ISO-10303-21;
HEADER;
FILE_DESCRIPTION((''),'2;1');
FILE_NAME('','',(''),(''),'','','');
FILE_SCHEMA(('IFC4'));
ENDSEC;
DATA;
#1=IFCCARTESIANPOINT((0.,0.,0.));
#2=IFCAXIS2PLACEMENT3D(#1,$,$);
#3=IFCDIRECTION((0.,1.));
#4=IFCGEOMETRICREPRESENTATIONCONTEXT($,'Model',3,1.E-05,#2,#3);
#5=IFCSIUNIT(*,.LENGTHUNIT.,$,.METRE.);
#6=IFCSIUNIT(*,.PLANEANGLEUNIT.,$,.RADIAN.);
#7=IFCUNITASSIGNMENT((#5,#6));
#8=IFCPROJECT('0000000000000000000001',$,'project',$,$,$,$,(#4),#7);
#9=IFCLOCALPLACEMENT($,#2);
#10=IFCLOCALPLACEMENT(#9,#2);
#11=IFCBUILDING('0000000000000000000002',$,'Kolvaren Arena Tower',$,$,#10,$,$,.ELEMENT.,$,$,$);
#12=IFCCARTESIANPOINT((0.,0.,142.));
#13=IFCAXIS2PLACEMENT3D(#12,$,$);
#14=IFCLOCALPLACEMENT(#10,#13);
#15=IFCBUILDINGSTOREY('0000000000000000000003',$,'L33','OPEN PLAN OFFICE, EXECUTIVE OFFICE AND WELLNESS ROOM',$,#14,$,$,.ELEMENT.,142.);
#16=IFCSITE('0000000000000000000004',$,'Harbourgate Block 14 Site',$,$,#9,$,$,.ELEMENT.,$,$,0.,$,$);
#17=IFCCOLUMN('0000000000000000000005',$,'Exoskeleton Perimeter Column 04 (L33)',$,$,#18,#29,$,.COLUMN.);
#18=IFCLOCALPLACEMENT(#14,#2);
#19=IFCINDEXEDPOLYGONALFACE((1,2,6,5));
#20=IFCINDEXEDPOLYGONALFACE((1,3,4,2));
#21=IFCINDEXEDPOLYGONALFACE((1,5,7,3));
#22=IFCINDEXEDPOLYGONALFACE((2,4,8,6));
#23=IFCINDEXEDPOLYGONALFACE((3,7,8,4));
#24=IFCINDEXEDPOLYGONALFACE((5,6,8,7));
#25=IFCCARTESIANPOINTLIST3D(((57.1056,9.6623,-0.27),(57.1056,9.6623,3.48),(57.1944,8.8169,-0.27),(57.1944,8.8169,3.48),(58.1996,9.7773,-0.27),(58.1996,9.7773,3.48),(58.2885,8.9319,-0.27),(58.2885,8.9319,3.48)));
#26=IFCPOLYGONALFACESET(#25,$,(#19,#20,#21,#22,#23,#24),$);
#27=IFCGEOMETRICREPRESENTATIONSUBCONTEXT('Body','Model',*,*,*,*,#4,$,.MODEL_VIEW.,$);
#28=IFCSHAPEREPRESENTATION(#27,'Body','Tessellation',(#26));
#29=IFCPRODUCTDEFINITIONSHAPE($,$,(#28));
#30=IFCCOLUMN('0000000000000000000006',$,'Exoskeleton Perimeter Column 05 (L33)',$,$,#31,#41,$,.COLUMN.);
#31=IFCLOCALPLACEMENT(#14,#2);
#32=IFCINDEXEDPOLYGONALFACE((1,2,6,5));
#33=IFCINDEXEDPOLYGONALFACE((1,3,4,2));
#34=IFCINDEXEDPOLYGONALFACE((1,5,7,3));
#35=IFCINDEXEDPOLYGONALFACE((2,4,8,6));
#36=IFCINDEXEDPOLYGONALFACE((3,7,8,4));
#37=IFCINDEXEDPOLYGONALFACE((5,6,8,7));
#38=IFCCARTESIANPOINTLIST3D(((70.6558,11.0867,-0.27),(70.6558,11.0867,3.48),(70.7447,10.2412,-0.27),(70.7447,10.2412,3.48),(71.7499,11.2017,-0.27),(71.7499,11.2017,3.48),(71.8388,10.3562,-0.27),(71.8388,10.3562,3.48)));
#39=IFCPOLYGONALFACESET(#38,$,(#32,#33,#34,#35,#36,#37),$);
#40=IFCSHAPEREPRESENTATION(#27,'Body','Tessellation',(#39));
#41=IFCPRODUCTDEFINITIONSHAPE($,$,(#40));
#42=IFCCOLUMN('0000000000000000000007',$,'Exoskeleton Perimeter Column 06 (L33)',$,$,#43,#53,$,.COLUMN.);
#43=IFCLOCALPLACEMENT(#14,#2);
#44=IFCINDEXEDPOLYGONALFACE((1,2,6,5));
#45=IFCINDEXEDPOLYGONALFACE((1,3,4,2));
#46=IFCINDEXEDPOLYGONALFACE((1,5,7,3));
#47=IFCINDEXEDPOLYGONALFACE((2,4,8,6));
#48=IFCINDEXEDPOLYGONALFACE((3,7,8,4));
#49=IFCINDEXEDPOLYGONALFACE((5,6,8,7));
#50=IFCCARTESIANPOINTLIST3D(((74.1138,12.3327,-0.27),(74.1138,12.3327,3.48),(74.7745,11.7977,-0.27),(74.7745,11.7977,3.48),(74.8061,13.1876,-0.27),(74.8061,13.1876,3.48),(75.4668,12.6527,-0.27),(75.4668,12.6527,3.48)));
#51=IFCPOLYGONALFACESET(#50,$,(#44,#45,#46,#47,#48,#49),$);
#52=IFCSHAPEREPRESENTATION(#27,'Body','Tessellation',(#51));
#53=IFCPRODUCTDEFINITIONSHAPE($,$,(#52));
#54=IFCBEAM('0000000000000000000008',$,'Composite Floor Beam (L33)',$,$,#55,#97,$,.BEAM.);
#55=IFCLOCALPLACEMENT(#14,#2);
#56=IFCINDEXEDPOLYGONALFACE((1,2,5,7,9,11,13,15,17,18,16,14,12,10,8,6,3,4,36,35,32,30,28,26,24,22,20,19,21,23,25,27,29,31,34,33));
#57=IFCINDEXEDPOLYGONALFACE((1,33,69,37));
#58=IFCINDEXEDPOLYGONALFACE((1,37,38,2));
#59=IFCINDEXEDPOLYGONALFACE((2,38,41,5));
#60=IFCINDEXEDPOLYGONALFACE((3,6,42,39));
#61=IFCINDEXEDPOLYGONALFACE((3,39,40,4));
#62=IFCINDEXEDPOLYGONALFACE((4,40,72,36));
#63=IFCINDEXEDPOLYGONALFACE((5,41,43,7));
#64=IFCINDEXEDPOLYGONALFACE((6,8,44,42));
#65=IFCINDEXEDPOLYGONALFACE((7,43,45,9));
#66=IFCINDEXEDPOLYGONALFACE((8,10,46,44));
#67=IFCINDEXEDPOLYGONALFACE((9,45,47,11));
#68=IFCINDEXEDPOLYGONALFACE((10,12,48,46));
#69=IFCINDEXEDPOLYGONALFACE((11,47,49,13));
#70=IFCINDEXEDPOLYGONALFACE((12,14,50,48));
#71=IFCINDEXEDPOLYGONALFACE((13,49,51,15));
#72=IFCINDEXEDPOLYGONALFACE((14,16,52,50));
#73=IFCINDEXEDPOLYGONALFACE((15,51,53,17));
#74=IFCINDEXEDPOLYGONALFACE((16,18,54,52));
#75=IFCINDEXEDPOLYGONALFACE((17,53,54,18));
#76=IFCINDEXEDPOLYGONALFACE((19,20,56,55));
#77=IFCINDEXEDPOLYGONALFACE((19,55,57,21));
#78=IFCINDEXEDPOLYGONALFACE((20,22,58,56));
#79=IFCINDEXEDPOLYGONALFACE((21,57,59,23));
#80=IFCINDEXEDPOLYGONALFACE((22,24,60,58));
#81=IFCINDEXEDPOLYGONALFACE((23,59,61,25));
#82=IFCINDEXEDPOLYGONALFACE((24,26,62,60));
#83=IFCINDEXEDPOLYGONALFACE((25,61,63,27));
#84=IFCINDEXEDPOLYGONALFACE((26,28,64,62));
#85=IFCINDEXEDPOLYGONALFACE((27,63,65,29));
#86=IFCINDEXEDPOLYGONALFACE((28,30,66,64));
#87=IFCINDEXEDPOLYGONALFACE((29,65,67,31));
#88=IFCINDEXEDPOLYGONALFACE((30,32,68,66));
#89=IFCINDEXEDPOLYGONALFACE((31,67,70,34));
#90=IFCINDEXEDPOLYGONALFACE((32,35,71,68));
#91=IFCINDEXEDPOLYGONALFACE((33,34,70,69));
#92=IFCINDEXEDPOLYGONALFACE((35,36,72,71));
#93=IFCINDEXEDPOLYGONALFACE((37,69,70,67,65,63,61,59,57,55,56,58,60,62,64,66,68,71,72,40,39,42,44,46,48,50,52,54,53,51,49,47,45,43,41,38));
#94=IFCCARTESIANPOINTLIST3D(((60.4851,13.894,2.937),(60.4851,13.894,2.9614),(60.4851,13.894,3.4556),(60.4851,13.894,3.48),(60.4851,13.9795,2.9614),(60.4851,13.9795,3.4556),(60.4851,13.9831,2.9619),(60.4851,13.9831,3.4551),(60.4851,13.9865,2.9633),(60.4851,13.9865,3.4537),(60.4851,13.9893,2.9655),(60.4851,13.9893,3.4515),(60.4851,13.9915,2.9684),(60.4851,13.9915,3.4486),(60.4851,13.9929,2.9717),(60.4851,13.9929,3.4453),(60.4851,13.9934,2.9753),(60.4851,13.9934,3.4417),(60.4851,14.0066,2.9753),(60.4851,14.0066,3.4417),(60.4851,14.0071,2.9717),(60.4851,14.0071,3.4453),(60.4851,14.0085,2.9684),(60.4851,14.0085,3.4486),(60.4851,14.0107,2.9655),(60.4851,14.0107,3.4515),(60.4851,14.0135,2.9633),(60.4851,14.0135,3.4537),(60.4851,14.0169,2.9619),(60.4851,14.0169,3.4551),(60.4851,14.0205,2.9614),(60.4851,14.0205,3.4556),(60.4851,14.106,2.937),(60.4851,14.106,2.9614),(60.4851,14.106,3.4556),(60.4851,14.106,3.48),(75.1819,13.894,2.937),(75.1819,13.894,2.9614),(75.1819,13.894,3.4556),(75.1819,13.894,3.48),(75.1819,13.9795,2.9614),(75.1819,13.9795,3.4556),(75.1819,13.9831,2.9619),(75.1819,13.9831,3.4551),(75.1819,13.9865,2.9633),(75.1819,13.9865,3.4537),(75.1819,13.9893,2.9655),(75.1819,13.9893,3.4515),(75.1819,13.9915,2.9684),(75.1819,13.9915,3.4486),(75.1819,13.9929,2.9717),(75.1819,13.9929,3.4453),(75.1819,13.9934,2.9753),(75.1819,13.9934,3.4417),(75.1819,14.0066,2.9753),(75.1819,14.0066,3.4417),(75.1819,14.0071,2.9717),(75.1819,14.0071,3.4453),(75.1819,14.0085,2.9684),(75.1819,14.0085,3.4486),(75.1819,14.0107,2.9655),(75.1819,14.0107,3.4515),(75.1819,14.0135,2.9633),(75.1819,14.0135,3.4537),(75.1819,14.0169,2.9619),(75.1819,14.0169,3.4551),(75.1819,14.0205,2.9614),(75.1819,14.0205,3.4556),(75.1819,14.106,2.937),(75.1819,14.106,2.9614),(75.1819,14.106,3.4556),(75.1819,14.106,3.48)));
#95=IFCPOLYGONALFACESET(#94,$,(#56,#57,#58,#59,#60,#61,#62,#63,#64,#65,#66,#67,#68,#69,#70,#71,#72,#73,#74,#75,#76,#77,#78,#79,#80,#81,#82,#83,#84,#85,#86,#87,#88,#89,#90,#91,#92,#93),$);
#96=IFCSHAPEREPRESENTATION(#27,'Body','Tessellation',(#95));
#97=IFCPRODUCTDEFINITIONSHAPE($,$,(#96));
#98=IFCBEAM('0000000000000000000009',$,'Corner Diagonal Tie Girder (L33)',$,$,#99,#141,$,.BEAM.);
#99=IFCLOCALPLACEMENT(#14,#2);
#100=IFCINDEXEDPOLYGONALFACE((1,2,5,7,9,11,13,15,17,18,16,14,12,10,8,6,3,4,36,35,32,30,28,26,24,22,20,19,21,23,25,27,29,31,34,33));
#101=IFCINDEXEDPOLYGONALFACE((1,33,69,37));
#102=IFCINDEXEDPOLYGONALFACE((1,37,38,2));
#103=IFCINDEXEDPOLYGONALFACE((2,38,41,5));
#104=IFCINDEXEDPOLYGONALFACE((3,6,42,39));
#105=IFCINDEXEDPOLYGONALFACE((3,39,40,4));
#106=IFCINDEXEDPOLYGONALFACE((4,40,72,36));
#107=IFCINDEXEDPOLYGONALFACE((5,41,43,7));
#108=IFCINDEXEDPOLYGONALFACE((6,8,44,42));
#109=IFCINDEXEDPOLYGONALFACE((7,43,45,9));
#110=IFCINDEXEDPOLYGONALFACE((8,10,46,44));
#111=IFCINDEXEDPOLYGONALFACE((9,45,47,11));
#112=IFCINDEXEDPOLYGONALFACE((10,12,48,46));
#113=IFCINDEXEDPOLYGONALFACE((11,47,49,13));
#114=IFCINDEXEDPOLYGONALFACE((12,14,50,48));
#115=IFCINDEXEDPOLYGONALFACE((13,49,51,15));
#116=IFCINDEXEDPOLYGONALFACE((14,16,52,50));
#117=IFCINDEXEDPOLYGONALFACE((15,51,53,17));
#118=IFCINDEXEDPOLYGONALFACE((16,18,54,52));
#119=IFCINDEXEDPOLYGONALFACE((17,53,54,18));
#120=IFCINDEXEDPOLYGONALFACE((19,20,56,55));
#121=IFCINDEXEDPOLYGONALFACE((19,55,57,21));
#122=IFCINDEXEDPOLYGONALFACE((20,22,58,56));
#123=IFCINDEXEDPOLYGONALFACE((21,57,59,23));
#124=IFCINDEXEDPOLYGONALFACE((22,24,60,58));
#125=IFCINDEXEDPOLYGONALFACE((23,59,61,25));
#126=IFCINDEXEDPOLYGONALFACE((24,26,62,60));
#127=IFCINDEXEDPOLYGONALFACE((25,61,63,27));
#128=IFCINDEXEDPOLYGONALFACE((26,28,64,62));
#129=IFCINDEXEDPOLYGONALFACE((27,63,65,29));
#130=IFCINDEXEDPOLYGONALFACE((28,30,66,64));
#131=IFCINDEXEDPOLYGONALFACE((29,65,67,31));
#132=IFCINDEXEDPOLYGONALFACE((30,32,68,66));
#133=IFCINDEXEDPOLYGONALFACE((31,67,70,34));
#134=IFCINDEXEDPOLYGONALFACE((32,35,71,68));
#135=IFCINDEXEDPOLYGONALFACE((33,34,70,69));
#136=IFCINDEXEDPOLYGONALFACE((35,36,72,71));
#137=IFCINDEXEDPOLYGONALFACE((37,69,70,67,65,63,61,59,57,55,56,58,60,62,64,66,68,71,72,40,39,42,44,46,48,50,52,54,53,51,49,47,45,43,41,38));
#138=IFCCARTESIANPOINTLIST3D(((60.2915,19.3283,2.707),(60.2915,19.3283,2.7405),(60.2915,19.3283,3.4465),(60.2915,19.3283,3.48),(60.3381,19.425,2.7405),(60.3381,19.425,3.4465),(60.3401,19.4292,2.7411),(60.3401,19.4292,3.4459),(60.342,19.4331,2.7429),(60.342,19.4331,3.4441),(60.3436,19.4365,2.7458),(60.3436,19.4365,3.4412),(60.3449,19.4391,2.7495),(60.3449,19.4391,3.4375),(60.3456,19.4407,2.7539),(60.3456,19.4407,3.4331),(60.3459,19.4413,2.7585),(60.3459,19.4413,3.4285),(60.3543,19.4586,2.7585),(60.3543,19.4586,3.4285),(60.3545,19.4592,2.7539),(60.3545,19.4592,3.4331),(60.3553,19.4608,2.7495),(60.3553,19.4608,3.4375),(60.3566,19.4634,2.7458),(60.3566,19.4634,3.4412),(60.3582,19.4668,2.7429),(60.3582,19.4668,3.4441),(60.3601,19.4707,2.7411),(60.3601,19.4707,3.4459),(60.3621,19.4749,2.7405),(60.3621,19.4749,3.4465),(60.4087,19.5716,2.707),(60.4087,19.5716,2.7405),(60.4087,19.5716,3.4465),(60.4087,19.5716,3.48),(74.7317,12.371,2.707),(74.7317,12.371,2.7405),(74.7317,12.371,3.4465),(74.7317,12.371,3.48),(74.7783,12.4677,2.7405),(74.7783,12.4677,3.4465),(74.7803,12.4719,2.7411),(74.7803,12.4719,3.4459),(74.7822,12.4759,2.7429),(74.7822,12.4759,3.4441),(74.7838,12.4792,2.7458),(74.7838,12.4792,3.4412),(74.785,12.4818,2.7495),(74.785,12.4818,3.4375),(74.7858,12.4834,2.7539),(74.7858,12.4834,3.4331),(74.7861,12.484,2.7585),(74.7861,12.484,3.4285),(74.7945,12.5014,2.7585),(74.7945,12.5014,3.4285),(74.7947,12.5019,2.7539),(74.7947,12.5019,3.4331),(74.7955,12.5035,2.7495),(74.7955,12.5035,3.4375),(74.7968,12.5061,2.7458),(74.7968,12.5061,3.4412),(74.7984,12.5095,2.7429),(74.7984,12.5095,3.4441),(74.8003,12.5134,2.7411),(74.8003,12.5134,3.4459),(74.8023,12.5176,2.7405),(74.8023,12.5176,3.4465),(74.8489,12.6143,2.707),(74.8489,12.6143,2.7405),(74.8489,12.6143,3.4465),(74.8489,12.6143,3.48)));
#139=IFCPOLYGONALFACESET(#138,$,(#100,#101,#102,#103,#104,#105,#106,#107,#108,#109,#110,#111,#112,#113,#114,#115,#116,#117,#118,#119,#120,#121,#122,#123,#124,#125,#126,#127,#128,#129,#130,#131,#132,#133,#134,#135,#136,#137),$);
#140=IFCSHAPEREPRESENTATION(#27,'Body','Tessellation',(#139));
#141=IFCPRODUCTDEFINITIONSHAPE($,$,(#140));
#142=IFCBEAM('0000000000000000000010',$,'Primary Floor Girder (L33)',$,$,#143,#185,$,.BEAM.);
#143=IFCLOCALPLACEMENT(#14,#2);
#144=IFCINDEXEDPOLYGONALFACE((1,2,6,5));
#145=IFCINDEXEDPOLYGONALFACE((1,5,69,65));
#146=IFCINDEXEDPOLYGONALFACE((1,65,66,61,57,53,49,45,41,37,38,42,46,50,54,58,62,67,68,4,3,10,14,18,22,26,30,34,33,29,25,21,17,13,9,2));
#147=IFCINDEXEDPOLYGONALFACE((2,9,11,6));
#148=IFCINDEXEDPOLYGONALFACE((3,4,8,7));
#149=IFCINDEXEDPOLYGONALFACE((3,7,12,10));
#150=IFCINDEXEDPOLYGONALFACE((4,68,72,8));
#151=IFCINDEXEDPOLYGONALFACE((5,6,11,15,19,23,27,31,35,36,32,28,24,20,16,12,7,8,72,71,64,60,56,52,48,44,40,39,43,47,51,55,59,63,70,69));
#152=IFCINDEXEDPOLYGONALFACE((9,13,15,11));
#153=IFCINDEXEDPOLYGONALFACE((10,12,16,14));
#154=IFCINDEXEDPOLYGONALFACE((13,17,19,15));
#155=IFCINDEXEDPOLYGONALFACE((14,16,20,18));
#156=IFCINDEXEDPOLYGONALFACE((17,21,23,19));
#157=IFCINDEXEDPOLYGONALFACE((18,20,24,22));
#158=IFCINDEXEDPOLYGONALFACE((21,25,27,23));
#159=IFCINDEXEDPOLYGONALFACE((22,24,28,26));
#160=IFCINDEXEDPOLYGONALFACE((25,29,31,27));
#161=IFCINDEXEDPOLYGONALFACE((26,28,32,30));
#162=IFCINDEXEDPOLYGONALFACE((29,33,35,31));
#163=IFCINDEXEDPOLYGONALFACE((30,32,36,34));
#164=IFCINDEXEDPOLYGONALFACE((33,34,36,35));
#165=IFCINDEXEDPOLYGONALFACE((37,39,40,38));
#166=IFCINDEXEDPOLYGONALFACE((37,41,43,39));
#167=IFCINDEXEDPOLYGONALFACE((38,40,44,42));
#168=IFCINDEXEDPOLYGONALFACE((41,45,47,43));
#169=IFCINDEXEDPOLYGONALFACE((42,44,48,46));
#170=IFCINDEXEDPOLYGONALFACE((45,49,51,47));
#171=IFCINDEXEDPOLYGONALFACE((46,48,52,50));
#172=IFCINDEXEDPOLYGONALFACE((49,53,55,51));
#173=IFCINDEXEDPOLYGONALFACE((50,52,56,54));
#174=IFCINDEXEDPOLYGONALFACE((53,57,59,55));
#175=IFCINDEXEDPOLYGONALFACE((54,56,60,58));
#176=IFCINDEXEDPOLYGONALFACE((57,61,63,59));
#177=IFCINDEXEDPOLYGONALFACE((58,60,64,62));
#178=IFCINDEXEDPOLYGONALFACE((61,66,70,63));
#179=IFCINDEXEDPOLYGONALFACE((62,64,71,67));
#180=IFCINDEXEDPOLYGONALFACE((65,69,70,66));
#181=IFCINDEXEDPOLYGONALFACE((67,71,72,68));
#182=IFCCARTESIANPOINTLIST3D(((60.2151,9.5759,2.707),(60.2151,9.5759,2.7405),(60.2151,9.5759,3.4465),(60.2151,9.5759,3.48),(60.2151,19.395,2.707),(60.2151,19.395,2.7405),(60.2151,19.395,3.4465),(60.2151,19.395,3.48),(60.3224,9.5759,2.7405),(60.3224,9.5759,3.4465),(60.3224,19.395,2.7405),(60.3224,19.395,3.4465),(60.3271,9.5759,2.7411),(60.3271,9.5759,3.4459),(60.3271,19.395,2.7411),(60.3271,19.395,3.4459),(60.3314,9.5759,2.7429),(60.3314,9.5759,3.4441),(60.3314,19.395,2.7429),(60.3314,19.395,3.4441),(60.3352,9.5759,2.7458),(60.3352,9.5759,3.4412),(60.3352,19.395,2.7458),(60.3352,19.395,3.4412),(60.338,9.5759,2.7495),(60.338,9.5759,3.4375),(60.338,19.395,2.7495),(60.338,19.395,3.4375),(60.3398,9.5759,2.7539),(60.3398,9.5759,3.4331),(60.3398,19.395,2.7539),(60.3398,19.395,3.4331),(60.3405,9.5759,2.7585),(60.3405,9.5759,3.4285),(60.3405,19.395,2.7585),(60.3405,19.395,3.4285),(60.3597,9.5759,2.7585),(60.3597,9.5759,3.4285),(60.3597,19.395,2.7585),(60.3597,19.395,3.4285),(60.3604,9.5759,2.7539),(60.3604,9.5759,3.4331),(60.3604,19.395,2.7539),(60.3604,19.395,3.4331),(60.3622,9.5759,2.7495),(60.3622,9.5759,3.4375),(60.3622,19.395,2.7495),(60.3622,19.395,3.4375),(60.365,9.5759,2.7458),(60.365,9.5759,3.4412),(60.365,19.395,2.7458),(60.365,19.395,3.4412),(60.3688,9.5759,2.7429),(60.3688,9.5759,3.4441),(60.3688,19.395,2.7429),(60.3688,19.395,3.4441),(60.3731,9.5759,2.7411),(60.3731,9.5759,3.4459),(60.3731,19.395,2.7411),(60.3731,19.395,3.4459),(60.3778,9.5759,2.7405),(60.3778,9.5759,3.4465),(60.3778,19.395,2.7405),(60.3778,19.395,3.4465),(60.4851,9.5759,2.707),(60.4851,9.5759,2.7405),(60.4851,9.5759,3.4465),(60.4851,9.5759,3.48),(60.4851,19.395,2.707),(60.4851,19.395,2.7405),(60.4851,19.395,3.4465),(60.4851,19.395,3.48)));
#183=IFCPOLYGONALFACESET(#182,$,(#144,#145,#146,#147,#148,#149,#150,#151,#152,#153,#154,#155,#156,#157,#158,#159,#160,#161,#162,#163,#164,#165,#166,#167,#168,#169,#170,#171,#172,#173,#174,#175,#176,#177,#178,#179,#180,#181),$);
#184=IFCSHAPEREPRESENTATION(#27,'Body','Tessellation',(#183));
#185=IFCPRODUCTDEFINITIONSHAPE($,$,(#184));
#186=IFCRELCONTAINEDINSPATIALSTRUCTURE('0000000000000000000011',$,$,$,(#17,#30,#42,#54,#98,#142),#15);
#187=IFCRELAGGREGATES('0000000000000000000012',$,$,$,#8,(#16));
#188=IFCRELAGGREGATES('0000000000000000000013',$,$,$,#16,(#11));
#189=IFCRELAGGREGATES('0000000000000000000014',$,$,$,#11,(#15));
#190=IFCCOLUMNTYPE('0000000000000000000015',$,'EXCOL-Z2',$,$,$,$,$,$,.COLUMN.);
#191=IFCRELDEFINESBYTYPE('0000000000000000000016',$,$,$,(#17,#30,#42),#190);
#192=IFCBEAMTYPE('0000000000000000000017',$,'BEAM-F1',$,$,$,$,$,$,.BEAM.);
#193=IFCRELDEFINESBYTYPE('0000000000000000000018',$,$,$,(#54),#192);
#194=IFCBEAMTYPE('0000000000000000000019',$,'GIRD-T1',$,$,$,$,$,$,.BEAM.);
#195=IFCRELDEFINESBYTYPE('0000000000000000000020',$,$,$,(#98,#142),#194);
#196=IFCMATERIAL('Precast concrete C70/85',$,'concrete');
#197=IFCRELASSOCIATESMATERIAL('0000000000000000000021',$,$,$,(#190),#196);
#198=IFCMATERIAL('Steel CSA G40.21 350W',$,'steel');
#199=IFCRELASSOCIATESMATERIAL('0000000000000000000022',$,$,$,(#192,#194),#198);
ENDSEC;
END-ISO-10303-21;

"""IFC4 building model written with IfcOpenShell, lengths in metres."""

from ifc_helpers import new_model, si_unit, direction, frame, origin, origin_2d, place, context, subcontext, project, spatial, rectangle, i_section, extrude, material, material_profile, profile_set, type_object, element, save


model = new_model("IFC4")

# Units and contexts
model_context = context("Model", 3, precision=1e-05, world=origin(), true_north=direction((0.0, 1.0)))
body_context = subcontext(model_context, "Body", "Model", "MODEL_VIEW")
ifc_project = project(units=[si_unit("LENGTHUNIT", "METRE"), si_unit("PLANEANGLEUNIT", "RADIAN")], contexts=[model_context])

# Site, building, storey
site_placement = place(None, origin())
site = spatial("IfcSite", under=ifc_project, at=site_placement, Name="Harbourgate Block 14 Site", CompositionType="ELEMENT", RefElevation=0.0)
building_placement = place(site_placement, origin())
building = spatial("IfcBuilding", under=site, at=building_placement, Name="Kolvaren Arena Tower", CompositionType="ELEMENT")
storey_placement = place(building_placement, frame((0.0, 0.0, 142.0)))
storey = spatial("IfcBuildingStorey", under=building, at=storey_placement, Name="L33", Description="OPEN PLAN OFFICE, EXECUTIVE OFFICE AND WELLNESS ROOM", CompositionType="ELEMENT", Elevation=142.0)

# Columns
ifc_material_1 = material(Name="Precast concrete C70/85", Category="concrete")
ifc_material_profile_1 = material_profile(ifc_material_1, rectangle(XDim=1.1001, YDim=0.8501, at=origin_2d()), Name="RC-1100x850")
ifc_profile_set_1 = profile_set([ifc_material_profile_1], Name="Precast concrete C70/85")
column_type = type_object("IfcColumnType", Name="EXCOL-Z2", PredefinedType="COLUMN", material=ifc_profile_set_1)
for number, where, z_axis, x_axis, name in (
    (1, (57.697, 9.2971, -0.27), (0.0, 0.0, 1.0), (0.994522, 0.104528, 0.0), "Exoskeleton Perimeter Column 04 (L33)"),
    (2, (71.2473, 10.7214, -0.27), (0.0, 0.0, 1.0), (0.994522, 0.104528, 0.0), "Exoskeleton Perimeter Column 05 (L33)"),
    (3, (74.7903, 12.4927, -0.27), (0.0, 0.0, 1.0), (0.62932, 0.777146, 0.0), "Exoskeleton Perimeter Column 06 (L33)"),
):
    element("IfcColumn", number, at=place(storey_placement, frame(where, z_axis=z_axis, x_axis=x_axis)), inside=storey, type_object=column_type, Name=name, PredefinedType="COLUMN", context=body_context, shape_type="SweptSolid", body=[
        extrude(rectangle(XDim=1.1001, YDim=0.8501, at=origin_2d()), origin(), (0.0, 0.0, 1.0), 3.75),
    ])

# Beams
ifc_material_2 = material(Name="Steel CSA G40.21 350W", Category="steel")
ifc_material_profile_2 = material_profile(ifc_material_2, i_section(OverallWidth=0.2119, OverallDepth=0.543, WebThickness=0.0132, FlangeThickness=0.0244, FilletRadius=0.0139, at=origin_2d()), Name="W530x150")
ifc_profile_set_2 = profile_set([ifc_material_profile_2], Name="Steel CSA G40.21 350W")
beam_type_1 = type_object("IfcBeamType", Name="BEAM-F1", PredefinedType="BEAM", material=ifc_profile_set_2)
beam_1_placement = place(storey_placement, frame((60.4851, 14.0, 3.2085), z_axis=(1.0, 0.0, 0.0), x_axis=(0.0, 1.0, 0.0)))
element("IfcBeam", 4, at=beam_1_placement, inside=storey, type_object=beam_type_1, Name="Composite Floor Beam (L33)", PredefinedType="BEAM", context=body_context, shape_type="SweptSolid", body=[
    extrude(i_section(OverallWidth=0.2119, OverallDepth=0.543, WebThickness=0.0132, FlangeThickness=0.0244, FilletRadius=0.0139, at=origin_2d()), origin(), (0.0, 0.0, 1.0), 14.6968),
])
ifc_material_profile_3 = material_profile(ifc_material_2, i_section(OverallWidth=0.27, OverallDepth=0.7729, WebThickness=0.0193, FlangeThickness=0.0334, FilletRadius=0.0181, at=origin_2d()), Name="W760x257")
ifc_profile_set_3 = profile_set([ifc_material_profile_3], Name="Steel CSA G40.21 350W")
beam_type_2 = type_object("IfcBeamType", Name="GIRD-T1", PredefinedType="BEAM", material=ifc_profile_set_3)
beam_2_placement = place(storey_placement, frame((74.7903, 12.4927, 3.0935), z_axis=(-0.90089, 0.434048, 0.0), x_axis=(-0.434048, -0.90089, 0.0)))
element("IfcBeam", 5, at=beam_2_placement, inside=storey, type_object=beam_type_2, Name="Corner Diagonal Tie Girder (L33)", PredefinedType="BEAM", context=body_context, shape_type="SweptSolid", body=[
    extrude(i_section(OverallWidth=0.27, OverallDepth=0.7729, WebThickness=0.0193, FlangeThickness=0.0334, FilletRadius=0.0181, at=origin_2d()), origin(), (0.0, 0.0, 1.0), 16.0288),
])
beam_3_placement = place(storey_placement, frame((60.3501, 9.5759, 3.0935), z_axis=(0.0, 1.0, 0.0), x_axis=(-1.0, 0.0, 0.0)))
element("IfcBeam", 6, at=beam_3_placement, inside=storey, type_object=beam_type_2, Name="Primary Floor Girder (L33)", PredefinedType="BEAM", context=body_context, shape_type="SweptSolid", body=[
    extrude(i_section(OverallWidth=0.27, OverallDepth=0.7729, WebThickness=0.0193, FlangeThickness=0.0334, FilletRadius=0.0181, at=origin_2d()), origin(), (0.0, 0.0, 1.0), 9.8191),
])

save(model, "model.ifc")
